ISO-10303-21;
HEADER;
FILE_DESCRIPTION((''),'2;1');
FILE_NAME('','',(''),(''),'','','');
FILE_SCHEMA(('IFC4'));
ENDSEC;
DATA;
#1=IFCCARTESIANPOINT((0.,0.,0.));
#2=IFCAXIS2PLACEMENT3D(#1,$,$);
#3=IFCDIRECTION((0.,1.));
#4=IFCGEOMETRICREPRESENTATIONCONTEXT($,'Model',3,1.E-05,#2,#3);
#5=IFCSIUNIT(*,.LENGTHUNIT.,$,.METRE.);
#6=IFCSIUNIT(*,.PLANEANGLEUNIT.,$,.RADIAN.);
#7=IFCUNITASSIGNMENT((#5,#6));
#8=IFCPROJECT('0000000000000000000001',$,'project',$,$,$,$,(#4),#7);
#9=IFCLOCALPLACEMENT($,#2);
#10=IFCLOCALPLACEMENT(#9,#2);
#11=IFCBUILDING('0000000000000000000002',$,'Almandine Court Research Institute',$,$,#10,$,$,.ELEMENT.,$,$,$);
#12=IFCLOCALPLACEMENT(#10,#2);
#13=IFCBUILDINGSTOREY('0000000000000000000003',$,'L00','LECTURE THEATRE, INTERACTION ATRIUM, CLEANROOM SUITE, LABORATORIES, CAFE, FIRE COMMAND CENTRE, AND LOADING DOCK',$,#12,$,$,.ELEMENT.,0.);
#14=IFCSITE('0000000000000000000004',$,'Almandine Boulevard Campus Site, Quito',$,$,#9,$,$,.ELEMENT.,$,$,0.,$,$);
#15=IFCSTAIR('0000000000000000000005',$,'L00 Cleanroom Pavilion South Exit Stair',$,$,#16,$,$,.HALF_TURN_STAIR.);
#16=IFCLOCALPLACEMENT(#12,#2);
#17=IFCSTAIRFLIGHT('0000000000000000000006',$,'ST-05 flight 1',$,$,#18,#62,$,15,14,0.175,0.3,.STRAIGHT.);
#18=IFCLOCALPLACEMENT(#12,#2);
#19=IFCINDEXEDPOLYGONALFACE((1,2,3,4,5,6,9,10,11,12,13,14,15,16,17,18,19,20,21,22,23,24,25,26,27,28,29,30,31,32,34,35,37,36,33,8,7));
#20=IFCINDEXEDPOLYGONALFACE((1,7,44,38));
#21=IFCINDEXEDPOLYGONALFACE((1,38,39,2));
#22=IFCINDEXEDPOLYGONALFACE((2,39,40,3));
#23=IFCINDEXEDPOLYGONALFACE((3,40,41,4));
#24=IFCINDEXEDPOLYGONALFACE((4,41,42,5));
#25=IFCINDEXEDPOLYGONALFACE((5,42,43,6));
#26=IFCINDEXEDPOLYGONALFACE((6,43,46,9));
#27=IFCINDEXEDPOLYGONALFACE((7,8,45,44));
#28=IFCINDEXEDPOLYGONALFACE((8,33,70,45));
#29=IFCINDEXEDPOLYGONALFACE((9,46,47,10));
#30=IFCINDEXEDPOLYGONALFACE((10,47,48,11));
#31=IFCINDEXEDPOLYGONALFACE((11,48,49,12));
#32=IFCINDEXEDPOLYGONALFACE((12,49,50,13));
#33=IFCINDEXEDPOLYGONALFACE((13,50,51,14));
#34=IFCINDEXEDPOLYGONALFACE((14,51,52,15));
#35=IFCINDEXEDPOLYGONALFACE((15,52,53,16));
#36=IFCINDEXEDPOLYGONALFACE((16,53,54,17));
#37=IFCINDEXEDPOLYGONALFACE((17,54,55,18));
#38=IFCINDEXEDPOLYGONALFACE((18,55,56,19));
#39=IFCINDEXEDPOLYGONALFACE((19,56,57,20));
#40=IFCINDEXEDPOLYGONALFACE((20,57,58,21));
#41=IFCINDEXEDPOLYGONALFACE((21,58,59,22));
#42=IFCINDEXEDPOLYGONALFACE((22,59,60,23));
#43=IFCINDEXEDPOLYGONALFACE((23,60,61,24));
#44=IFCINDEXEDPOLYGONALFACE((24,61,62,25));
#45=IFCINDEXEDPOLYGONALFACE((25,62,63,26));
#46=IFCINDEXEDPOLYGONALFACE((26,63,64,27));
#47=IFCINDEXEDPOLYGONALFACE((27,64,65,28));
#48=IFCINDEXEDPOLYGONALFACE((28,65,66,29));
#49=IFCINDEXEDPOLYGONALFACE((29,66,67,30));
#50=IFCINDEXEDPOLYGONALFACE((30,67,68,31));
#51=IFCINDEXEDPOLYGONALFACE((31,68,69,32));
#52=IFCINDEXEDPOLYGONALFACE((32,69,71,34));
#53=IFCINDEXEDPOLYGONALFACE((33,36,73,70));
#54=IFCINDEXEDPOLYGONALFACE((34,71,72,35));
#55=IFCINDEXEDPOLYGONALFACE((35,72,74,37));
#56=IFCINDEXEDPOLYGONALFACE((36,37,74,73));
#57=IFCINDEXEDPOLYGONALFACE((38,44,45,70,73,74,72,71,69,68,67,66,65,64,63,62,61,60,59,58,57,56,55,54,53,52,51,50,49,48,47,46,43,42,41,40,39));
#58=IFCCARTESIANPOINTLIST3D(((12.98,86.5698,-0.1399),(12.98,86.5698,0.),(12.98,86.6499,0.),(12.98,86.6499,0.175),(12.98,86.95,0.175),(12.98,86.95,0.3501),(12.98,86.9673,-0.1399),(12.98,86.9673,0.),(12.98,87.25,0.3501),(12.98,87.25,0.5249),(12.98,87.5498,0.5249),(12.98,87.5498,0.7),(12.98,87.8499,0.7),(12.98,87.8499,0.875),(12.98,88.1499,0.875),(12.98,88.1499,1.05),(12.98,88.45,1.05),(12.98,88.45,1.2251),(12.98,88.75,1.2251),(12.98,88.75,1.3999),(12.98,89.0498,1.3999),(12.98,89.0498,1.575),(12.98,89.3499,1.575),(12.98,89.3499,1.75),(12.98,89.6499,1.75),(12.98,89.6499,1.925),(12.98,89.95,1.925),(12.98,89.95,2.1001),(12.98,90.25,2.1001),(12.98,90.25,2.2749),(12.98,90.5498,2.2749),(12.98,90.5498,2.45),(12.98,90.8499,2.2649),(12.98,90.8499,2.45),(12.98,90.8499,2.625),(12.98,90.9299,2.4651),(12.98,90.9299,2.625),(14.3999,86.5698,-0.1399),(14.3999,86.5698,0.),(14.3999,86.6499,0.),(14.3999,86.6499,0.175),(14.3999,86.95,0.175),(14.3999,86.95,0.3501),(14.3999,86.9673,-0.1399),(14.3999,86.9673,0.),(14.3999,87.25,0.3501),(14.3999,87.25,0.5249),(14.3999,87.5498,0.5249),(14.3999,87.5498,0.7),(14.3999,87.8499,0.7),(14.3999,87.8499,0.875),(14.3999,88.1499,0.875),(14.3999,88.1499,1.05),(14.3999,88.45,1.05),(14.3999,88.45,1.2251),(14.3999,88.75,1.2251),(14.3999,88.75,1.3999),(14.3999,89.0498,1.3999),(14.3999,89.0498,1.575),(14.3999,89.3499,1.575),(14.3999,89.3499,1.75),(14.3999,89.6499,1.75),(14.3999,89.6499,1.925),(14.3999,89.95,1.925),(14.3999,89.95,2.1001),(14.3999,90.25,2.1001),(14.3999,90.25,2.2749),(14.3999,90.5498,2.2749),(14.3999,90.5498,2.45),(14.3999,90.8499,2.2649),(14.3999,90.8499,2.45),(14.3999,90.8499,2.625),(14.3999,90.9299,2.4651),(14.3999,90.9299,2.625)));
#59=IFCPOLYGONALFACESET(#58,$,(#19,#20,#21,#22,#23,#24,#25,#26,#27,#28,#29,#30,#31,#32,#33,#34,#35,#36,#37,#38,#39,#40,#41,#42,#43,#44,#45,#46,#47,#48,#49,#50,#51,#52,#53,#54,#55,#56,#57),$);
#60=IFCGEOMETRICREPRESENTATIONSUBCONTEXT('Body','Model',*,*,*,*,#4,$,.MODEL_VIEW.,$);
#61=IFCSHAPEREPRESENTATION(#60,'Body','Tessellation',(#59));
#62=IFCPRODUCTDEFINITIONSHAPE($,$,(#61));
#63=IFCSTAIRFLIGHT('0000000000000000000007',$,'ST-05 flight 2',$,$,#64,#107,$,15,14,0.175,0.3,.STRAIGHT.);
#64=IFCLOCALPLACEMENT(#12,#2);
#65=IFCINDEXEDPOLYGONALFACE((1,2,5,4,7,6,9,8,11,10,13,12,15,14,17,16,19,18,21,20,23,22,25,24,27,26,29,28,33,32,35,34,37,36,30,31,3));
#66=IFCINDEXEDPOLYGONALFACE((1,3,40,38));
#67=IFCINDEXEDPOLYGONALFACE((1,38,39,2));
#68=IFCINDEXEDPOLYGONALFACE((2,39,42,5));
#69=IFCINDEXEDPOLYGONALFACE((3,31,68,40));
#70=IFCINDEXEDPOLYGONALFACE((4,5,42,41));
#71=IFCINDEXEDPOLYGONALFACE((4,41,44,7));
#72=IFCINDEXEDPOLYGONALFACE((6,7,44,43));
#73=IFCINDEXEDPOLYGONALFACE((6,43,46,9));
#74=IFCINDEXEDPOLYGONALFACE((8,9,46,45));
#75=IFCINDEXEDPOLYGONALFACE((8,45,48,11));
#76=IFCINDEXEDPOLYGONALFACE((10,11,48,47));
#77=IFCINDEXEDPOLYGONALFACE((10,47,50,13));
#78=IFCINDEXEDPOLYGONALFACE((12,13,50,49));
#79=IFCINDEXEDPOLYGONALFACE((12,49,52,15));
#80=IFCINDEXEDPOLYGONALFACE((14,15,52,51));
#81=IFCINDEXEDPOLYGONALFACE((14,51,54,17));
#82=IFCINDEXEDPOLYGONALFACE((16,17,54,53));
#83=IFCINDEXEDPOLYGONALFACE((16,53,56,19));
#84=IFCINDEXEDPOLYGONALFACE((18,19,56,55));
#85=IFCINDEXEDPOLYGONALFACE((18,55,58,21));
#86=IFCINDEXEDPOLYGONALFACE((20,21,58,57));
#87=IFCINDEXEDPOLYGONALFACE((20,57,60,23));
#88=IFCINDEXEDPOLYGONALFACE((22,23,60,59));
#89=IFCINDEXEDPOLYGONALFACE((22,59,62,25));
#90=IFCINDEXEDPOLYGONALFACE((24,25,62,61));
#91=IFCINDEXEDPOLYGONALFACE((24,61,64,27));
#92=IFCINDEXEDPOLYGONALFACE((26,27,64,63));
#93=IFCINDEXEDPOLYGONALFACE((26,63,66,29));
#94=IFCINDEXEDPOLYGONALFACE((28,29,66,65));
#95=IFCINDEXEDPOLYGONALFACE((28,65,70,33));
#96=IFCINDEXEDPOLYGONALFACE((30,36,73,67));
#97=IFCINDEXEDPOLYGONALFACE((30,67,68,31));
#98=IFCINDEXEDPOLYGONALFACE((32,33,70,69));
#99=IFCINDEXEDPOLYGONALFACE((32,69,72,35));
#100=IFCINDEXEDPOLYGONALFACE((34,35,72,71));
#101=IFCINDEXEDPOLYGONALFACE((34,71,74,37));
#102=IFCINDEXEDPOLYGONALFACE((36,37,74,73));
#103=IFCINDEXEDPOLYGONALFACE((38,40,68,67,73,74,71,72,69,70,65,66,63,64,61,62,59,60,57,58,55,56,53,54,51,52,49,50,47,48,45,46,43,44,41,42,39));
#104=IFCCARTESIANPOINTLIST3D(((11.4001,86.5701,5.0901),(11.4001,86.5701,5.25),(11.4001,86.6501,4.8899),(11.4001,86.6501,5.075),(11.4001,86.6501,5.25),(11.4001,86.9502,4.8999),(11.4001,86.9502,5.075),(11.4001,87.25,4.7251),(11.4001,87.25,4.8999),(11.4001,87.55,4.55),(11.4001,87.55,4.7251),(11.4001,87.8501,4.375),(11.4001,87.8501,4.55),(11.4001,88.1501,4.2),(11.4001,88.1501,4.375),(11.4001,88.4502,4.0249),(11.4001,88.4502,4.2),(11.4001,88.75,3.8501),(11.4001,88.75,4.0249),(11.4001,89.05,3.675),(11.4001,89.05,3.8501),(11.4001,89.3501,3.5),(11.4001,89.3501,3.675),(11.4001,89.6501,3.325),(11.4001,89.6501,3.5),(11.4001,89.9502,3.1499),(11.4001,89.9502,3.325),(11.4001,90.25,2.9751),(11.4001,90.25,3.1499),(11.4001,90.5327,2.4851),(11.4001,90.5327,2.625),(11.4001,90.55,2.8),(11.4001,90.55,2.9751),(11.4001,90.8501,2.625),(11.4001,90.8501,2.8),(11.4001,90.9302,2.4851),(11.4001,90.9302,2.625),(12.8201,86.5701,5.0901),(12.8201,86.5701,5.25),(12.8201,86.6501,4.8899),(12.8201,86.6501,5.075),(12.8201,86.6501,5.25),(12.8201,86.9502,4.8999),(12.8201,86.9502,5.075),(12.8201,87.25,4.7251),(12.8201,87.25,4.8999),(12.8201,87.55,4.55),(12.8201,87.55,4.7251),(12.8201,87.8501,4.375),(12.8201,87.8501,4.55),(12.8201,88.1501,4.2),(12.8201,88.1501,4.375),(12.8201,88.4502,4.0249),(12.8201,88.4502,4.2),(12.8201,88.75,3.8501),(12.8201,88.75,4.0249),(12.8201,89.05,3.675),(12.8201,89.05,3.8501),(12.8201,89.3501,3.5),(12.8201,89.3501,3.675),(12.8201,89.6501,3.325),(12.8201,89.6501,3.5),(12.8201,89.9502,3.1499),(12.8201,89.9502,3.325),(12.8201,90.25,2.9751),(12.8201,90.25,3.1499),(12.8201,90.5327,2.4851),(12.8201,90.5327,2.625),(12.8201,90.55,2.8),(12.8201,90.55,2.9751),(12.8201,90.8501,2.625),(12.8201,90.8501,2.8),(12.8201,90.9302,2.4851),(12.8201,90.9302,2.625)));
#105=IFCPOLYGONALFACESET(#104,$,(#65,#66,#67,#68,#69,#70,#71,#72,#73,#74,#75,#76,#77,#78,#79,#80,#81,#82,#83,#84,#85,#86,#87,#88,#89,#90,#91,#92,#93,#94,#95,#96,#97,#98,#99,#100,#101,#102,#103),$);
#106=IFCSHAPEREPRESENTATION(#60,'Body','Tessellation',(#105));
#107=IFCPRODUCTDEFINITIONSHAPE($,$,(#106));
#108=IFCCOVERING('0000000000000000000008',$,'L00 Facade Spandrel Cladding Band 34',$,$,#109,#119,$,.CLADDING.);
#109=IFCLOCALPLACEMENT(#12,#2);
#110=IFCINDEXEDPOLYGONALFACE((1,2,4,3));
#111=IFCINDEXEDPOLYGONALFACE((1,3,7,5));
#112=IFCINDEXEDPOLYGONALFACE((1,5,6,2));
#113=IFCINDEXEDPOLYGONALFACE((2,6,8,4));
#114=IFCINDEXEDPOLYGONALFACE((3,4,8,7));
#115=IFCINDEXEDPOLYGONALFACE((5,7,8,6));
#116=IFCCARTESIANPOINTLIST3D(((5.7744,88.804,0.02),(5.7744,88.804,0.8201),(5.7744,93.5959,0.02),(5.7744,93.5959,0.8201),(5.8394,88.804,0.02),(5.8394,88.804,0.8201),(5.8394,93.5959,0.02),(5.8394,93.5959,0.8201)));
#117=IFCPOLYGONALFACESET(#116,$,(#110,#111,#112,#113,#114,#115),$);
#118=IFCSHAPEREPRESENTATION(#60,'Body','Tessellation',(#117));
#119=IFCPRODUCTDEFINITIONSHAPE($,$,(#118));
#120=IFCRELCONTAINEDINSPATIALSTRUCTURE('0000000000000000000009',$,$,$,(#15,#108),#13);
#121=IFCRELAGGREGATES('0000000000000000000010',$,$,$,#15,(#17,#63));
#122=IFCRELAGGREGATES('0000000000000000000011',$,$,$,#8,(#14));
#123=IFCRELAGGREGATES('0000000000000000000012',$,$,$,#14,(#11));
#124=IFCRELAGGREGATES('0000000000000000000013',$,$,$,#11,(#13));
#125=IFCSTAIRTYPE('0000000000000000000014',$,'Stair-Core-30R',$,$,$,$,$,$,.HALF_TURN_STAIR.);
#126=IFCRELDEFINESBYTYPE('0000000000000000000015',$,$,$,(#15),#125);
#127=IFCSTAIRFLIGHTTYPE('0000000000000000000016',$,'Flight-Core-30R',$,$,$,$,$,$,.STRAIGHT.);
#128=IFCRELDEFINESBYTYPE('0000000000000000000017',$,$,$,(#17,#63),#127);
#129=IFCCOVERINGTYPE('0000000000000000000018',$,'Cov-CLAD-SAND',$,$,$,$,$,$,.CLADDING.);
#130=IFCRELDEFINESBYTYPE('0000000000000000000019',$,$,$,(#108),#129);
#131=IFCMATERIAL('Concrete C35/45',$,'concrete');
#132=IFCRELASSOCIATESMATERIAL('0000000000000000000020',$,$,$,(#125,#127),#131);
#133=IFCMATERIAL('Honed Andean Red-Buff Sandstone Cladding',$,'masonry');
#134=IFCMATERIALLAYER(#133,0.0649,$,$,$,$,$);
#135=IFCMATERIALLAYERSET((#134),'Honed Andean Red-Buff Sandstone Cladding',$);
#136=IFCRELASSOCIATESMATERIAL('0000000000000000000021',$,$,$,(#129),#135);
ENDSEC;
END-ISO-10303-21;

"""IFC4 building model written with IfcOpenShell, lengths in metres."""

from ifc_helpers import new_model, si_unit, direction, frame, origin, origin_2d, place, context, subcontext, project, spatial, polyline, rectangle, outline, extrude, material, layer, layer_set, type_object, element, aggregate, save


model = new_model("IFC4")

# Units and contexts
model_context = context("Model", 3, precision=1e-05, world=origin(), true_north=direction((0.0, 1.0)))
body_context = subcontext(model_context, "Body", "Model", "MODEL_VIEW")
ifc_project = project(units=[si_unit("LENGTHUNIT", "METRE"), si_unit("PLANEANGLEUNIT", "RADIAN")], contexts=[model_context])

# Site, building, storey
site_placement = place(None, origin())
site = spatial("IfcSite", under=ifc_project, at=site_placement, Name="Almandine Boulevard Campus Site, Quito", CompositionType="ELEMENT", RefElevation=0.0)
building_placement = place(site_placement, origin())
building = spatial("IfcBuilding", under=site, at=building_placement, Name="Almandine Court Research Institute", CompositionType="ELEMENT")
storey_placement = place(building_placement, origin())
storey = spatial("IfcBuildingStorey", under=building, at=storey_placement, Name="L00", Description="LECTURE THEATRE, INTERACTION ATRIUM, CLEANROOM SUITE, LABORATORIES, CAFE, FIRE COMMAND CENTRE, AND LOADING DOCK", CompositionType="ELEMENT", Elevation=0.0)

# Stair, stair flights
ifc_material_1 = material(Name="Concrete C35/45", Category="concrete")
stair_type = type_object("IfcStairType", Name="Stair-Core-30R", PredefinedType="HALF_TURN_STAIR", material=ifc_material_1)
stair_placement = place(storey_placement, origin())
stair = element("IfcStair", 1, at=stair_placement, inside=storey, type_object=stair_type, Name="L00 Cleanroom Pavilion South Exit Stair", PredefinedType="HALF_TURN_STAIR")
stair_flight_type = type_object("IfcStairFlightType", Name="Flight-Core-30R", PredefinedType="STRAIGHT", material=ifc_material_1)
stair_flight_1_placement = place(storey_placement, frame((13.6899, 86.6499, 0.0), z_axis=(0.0, 0.0, 1.0), x_axis=(0.0, 1.0, 0.0)))
stair_flight_1 = element("IfcStairFlight", 2, at=stair_flight_1_placement, type_object=stair_flight_type, Name="ST-05 flight 1", NumberOfRisers=15, NumberOfTreads=14, PredefinedType="STRAIGHT", RiserHeight=0.175, TreadLength=0.3, context=body_context, shape_type="SweptSolid", body=[
    extrude(outline(polyline([(-0.0801, -0.1399), (-0.0801, 0.0), (0.0, 0.0), (0.0, 0.175), (0.3, 0.175), (0.3, 0.3501), (0.6001, 0.3501), (0.6001, 0.5249), (0.8999, 0.5249), (0.8999, 0.7), (1.2, 0.7), (1.2, 0.875), (1.5, 0.875), (1.5, 1.05), (1.8, 1.05), (1.8, 1.2251), (2.1001, 1.2251), (2.1001, 1.3999), (2.3999, 1.3999), (2.3999, 1.575), (2.7, 1.575), (2.7, 1.75), (3.0, 1.75), (3.0, 1.925), (3.3, 1.925), (3.3, 2.1001), (3.6001, 2.1001), (3.6001, 2.2749), (3.8999, 2.2749), (3.8999, 2.45), (4.2, 2.45), (4.2, 2.625), (4.28, 2.625), (4.28, 2.4651), (4.2, 2.2649), (0.3174, 0.0), (0.3174, -0.1399), (-0.0801, -0.1399)])), frame((0.0, 0.71, 0.0), z_axis=(0.0, -1.0, 0.0), x_axis=(1.0, 0.0, 0.0)), (0.0, 0.0, 1.0), 1.4199),
])
stair_flight_2_placement = place(storey_placement, frame((12.1101, 90.8501, 2.625), z_axis=(0.0, 0.0, 1.0), x_axis=(0.0, -1.0, 0.0)))
stair_flight_2 = element("IfcStairFlight", 3, at=stair_flight_2_placement, type_object=stair_flight_type, Name="ST-05 flight 2", NumberOfRisers=15, NumberOfTreads=14, PredefinedType="STRAIGHT", RiserHeight=0.175, TreadLength=0.3, context=body_context, shape_type="SweptSolid", body=[
    extrude(outline(polyline([(-0.0801, -0.1399), (-0.0801, 0.0), (0.0, 0.0), (0.0, 0.175), (0.3, 0.175), (0.3, 0.3501), (0.6001, 0.3501), (0.6001, 0.5249), (0.8999, 0.5249), (0.8999, 0.7), (1.2, 0.7), (1.2, 0.875), (1.5, 0.875), (1.5, 1.05), (1.8, 1.05), (1.8, 1.2251), (2.1001, 1.2251), (2.1001, 1.3999), (2.3999, 1.3999), (2.3999, 1.575), (2.7, 1.575), (2.7, 1.75), (3.0, 1.75), (3.0, 1.925), (3.3, 1.925), (3.3, 2.1001), (3.6001, 2.1001), (3.6001, 2.2749), (3.8999, 2.2749), (3.8999, 2.45), (4.2, 2.45), (4.2, 2.625), (4.28, 2.625), (4.28, 2.4651), (4.2, 2.2649), (0.3174, 0.0), (0.3174, -0.1399), (-0.0801, -0.1399)])), frame((0.0, 0.71, 0.0), z_axis=(0.0, -1.0, 0.0), x_axis=(1.0, 0.0, 0.0)), (0.0, 0.0, 1.0), 1.4199),
])
aggregate(stair, [stair_flight_1, stair_flight_2])

# Covering
ifc_material_2 = material(Name="Honed Andean Red-Buff Sandstone Cladding", Category="masonry")
ifc_layer_1 = layer(ifc_material_2, 0.0649)
ifc_layer_set_1 = layer_set([ifc_layer_1], Name="Honed Andean Red-Buff Sandstone Cladding")
covering_type = type_object("IfcCoveringType", Name="Cov-CLAD-SAND", PredefinedType="CLADDING", material=ifc_layer_set_1)
covering_placement = place(storey_placement, frame((5.8069, 91.2, 0.02), z_axis=(0.0, 0.0, 1.0), x_axis=(0.0, 1.0, 0.0)))
element("IfcCovering", 4, at=covering_placement, inside=storey, type_object=covering_type, Name="L00 Facade Spandrel Cladding Band 34", PredefinedType="CLADDING", context=body_context, shape_type="SweptSolid", body=[
    extrude(rectangle(XDim=4.792, YDim=0.0649, at=origin_2d()), origin(), (0.0, 0.0, 1.0), 0.8),
])

save(model, "model.ifc")
